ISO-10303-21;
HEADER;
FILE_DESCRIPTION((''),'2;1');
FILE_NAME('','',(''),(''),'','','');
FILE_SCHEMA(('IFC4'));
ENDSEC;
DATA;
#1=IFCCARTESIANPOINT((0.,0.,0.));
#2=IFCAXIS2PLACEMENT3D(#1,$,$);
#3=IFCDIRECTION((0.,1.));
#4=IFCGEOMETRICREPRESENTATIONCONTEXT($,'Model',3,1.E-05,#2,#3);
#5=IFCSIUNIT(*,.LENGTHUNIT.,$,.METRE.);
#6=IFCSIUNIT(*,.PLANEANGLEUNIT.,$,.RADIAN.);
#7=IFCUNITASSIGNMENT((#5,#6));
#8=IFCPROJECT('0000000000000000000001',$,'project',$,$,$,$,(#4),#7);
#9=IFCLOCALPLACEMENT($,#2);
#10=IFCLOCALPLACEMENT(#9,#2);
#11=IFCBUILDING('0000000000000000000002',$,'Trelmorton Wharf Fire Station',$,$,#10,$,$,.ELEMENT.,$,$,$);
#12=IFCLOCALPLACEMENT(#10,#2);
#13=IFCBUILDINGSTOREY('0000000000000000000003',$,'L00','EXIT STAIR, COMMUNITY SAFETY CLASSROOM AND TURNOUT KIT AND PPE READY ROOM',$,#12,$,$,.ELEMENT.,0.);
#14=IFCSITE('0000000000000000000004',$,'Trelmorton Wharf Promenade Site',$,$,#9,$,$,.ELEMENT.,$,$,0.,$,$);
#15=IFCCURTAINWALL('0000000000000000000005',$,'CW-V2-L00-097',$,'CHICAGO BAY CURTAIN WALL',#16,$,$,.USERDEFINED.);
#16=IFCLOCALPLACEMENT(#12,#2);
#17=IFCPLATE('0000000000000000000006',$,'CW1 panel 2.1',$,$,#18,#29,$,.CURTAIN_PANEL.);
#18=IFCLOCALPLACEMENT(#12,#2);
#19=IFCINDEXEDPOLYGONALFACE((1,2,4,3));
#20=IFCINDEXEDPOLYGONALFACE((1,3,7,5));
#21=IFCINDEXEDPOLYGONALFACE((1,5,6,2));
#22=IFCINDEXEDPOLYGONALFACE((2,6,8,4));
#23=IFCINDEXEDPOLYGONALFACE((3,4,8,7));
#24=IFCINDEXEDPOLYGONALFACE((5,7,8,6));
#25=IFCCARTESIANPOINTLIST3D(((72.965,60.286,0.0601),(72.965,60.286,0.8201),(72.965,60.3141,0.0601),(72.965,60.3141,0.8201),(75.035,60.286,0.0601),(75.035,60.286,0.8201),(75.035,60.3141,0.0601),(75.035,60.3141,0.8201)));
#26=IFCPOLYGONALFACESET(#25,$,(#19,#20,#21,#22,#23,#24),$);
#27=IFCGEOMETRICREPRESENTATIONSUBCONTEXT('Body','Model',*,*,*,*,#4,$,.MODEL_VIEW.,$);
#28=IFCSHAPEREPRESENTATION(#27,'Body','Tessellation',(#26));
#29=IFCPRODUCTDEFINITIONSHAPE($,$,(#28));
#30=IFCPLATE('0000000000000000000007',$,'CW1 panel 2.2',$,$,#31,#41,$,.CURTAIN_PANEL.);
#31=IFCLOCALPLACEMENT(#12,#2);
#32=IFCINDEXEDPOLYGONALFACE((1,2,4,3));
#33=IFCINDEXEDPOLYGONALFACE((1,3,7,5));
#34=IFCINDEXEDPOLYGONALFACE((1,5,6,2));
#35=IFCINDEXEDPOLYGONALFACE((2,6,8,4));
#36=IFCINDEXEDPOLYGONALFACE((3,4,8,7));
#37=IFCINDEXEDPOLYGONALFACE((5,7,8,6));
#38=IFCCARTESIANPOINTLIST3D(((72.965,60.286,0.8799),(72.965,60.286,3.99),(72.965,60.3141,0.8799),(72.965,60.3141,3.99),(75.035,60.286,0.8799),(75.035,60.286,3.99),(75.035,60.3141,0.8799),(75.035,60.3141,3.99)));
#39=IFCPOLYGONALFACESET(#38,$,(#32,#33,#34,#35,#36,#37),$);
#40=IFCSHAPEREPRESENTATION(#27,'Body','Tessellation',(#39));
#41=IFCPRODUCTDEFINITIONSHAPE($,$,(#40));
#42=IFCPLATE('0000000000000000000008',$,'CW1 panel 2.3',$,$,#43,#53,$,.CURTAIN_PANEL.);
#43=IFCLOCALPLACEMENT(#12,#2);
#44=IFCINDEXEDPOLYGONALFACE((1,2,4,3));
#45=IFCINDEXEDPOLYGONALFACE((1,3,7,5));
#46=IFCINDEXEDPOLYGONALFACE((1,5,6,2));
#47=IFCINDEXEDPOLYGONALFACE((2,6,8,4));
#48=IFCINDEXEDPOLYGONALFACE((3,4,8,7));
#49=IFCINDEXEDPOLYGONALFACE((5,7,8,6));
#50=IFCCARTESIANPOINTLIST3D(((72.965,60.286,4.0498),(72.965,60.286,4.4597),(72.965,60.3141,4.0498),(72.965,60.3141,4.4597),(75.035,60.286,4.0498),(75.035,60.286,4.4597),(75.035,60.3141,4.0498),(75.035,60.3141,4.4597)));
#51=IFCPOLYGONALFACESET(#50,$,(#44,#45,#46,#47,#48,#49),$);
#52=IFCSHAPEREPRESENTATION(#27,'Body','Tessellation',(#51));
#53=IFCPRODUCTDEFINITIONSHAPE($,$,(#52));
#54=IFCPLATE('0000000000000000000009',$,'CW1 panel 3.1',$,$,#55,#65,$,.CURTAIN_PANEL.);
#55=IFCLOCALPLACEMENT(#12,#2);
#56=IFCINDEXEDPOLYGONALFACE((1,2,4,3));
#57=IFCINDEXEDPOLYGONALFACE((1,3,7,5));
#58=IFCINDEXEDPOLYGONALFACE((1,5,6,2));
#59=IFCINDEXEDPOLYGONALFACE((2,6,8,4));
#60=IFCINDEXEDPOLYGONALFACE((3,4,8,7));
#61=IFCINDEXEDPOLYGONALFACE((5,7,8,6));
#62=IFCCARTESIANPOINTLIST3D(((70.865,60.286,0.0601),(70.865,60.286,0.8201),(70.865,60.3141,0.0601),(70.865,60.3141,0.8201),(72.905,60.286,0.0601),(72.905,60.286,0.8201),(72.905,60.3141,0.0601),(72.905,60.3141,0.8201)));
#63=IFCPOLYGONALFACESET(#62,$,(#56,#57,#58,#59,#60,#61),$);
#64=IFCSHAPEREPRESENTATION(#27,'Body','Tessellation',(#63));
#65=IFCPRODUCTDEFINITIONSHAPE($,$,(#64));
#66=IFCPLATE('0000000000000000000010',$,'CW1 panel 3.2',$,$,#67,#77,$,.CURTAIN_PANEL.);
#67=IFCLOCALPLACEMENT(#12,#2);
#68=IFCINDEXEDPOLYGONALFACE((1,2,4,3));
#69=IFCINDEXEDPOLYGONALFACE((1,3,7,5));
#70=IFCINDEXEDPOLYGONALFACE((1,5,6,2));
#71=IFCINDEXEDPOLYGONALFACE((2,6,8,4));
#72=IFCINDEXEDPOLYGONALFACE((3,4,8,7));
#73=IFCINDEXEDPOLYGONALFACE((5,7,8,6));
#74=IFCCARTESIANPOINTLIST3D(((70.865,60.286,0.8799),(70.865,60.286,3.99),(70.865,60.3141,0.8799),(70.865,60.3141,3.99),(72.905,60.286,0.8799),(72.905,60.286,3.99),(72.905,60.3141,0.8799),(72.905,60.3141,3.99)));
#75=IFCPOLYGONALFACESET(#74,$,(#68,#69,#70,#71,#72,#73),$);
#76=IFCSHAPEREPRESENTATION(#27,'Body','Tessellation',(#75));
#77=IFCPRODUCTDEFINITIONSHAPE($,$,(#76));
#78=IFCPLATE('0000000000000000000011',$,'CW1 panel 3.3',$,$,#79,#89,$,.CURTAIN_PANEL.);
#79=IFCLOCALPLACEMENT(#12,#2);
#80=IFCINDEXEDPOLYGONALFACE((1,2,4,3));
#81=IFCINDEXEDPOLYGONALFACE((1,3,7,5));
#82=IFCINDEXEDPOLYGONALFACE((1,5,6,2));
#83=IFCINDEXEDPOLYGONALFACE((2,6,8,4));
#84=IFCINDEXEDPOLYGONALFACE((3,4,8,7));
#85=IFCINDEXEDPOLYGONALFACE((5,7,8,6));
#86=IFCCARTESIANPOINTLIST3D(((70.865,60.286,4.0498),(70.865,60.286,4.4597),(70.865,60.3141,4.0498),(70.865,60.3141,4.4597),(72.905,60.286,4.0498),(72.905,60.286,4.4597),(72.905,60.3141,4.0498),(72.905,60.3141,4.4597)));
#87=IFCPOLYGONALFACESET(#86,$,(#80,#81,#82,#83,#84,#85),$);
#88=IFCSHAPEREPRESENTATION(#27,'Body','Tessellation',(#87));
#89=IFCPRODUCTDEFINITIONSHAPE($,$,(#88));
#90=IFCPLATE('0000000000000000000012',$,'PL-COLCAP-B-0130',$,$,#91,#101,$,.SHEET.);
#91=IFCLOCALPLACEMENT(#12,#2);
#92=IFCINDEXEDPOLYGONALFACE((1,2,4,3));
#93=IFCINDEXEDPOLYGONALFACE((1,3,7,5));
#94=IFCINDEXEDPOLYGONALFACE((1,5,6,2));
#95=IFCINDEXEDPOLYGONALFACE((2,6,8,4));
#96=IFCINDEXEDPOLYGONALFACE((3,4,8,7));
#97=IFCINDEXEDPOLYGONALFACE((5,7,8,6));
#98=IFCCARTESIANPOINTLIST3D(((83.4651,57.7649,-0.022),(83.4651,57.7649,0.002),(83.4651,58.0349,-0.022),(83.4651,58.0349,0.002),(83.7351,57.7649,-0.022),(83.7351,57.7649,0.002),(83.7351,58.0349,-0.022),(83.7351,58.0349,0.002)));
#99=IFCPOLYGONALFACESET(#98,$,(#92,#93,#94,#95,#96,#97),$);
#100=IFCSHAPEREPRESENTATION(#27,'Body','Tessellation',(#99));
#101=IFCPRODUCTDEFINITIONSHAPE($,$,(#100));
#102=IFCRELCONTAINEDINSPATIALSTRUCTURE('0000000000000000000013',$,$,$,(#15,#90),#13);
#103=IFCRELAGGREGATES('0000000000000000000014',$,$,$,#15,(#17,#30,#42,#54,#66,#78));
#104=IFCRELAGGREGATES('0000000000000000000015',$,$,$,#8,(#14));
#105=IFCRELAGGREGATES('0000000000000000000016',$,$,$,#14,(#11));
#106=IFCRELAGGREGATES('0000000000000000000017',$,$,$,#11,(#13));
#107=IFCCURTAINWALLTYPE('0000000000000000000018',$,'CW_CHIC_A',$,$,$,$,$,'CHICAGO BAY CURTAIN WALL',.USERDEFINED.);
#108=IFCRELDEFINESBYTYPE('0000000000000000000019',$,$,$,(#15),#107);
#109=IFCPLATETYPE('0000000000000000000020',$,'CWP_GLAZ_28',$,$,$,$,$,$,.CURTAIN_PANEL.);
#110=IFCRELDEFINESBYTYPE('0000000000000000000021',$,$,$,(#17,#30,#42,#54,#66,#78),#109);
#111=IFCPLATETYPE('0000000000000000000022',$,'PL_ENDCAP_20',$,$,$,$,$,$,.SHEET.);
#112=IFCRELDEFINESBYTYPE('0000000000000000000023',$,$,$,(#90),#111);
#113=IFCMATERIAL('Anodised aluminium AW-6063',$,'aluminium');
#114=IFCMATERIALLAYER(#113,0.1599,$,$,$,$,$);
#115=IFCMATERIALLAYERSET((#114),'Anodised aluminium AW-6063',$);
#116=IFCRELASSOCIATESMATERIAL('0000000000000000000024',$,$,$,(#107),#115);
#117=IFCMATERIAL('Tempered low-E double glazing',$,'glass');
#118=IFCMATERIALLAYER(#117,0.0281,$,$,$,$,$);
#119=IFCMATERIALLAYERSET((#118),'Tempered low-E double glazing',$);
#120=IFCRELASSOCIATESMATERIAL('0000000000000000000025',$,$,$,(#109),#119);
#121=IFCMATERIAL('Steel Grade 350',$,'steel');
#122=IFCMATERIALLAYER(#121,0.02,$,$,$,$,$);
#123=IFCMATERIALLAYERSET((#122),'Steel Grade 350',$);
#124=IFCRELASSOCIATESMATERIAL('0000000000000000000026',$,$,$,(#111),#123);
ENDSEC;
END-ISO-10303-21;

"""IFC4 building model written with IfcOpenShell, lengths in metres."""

from ifc_helpers import new_model, si_unit, direction, frame, origin, origin_2d, place, context, subcontext, project, spatial, rectangle, extrude, material, layer, layer_set, type_object, element, aggregate, save


model = new_model("IFC4")

# Units and contexts
model_context = context("Model", 3, precision=1e-05, world=origin(), true_north=direction((0.0, 1.0)))
body_context = subcontext(model_context, "Body", "Model", "MODEL_VIEW")
ifc_project = project(units=[si_unit("LENGTHUNIT", "METRE"), si_unit("PLANEANGLEUNIT", "RADIAN")], contexts=[model_context])

# Site, building, storey
site_placement = place(None, origin())
site = spatial("IfcSite", under=ifc_project, at=site_placement, Name="Trelmorton Wharf Promenade Site", CompositionType="ELEMENT", RefElevation=0.0)
building_placement = place(site_placement, origin())
building = spatial("IfcBuilding", under=site, at=building_placement, Name="Trelmorton Wharf Fire Station", CompositionType="ELEMENT")
storey_placement = place(building_placement, origin())
storey = spatial("IfcBuildingStorey", under=building, at=storey_placement, Name="L00", Description="EXIT STAIR, COMMUNITY SAFETY CLASSROOM AND TURNOUT KIT AND PPE READY ROOM", CompositionType="ELEMENT", Elevation=0.0)

# Shared definitions
ifc_material_1 = material(Name="Steel Grade 350", Category="steel")

# Curtain wall, plates
ifc_material_2 = material(Name="Anodised aluminium AW-6063", Category="aluminium")
ifc_layer_1 = layer(ifc_material_2, 0.1599)
ifc_layer_set_1 = layer_set([ifc_layer_1], Name="Anodised aluminium AW-6063")
curtain_wall_type = type_object("IfcCurtainWallType", Name="CW_CHIC_A", ElementType="CHICAGO BAY CURTAIN WALL", PredefinedType="USERDEFINED", material=ifc_layer_set_1)
curtain_wall_placement = place(storey_placement, origin())
curtain_wall = element("IfcCurtainWall", 1, at=curtain_wall_placement, inside=storey, type_object=curtain_wall_type, Name="CW-V2-L00-097", ObjectType="CHICAGO BAY CURTAIN WALL", PredefinedType="USERDEFINED")
ifc_material_3 = material(Name="Tempered low-E double glazing", Category="glass")
ifc_layer_2 = layer(ifc_material_3, 0.0281)
ifc_layer_set_2 = layer_set([ifc_layer_2], Name="Tempered low-E double glazing")
plate_type_1 = type_object("IfcPlateType", Name="CWP_GLAZ_28", PredefinedType="CURTAIN_PANEL", material=ifc_layer_set_2)
plate_1_placement = place(storey_placement, frame((74.0, 60.3, 0.0601), z_axis=(0.0, 0.0, 1.0), x_axis=(-1.0, 0.0, 0.0)))
plate_1 = element("IfcPlate", 2, at=plate_1_placement, type_object=plate_type_1, Name="CW1 panel 2.1", PredefinedType="CURTAIN_PANEL", context=body_context, shape_type="SweptSolid", body=[
    extrude(rectangle(XDim=2.0701, YDim=0.0281, at=origin_2d()), origin(), (0.0, 0.0, 1.0), 0.76),
])
plate_2_placement = place(storey_placement, frame((74.0, 60.3, 0.8799), z_axis=(0.0, 0.0, 1.0), x_axis=(-1.0, 0.0, 0.0)))
plate_2 = element("IfcPlate", 3, at=plate_2_placement, type_object=plate_type_1, Name="CW1 panel 2.2", PredefinedType="CURTAIN_PANEL", context=body_context, shape_type="SweptSolid", body=[
    extrude(rectangle(XDim=2.0701, YDim=0.0281, at=origin_2d()), origin(), (0.0, 0.0, 1.0), 3.1101),
])
plate_3_placement = place(storey_placement, frame((74.0, 60.3, 4.0498), z_axis=(0.0, 0.0, 1.0), x_axis=(-1.0, 0.0, 0.0)))
plate_3 = element("IfcPlate", 4, at=plate_3_placement, type_object=plate_type_1, Name="CW1 panel 2.3", PredefinedType="CURTAIN_PANEL", context=body_context, shape_type="SweptSolid", body=[
    extrude(rectangle(XDim=2.0701, YDim=0.0281, at=origin_2d()), origin(), (0.0, 0.0, 1.0), 0.4099),
])
plate_4_placement = place(storey_placement, frame((71.885, 60.3, 0.0601), z_axis=(0.0, 0.0, 1.0), x_axis=(-1.0, 0.0, 0.0)))
plate_4 = element("IfcPlate", 5, at=plate_4_placement, type_object=plate_type_1, Name="CW1 panel 3.1", PredefinedType="CURTAIN_PANEL", context=body_context, shape_type="SweptSolid", body=[
    extrude(rectangle(XDim=2.04, YDim=0.0281, at=origin_2d()), origin(), (0.0, 0.0, 1.0), 0.76),
])
plate_5_placement = place(storey_placement, frame((71.885, 60.3, 0.8799), z_axis=(0.0, 0.0, 1.0), x_axis=(-1.0, 0.0, 0.0)))
plate_5 = element("IfcPlate", 6, at=plate_5_placement, type_object=plate_type_1, Name="CW1 panel 3.2", PredefinedType="CURTAIN_PANEL", context=body_context, shape_type="SweptSolid", body=[
    extrude(rectangle(XDim=2.04, YDim=0.0281, at=origin_2d()), origin(), (0.0, 0.0, 1.0), 3.1101),
])
plate_6_placement = place(storey_placement, frame((71.885, 60.3, 4.0498), z_axis=(0.0, 0.0, 1.0), x_axis=(-1.0, 0.0, 0.0)))
plate_6 = element("IfcPlate", 7, at=plate_6_placement, type_object=plate_type_1, Name="CW1 panel 3.3", PredefinedType="CURTAIN_PANEL", context=body_context, shape_type="SweptSolid", body=[
    extrude(rectangle(XDim=2.04, YDim=0.0281, at=origin_2d()), origin(), (0.0, 0.0, 1.0), 0.4099),
])
aggregate(curtain_wall, [plate_1, plate_2, plate_3, plate_4, plate_5, plate_6])

# Plate
ifc_layer_3 = layer(ifc_material_1, 0.02)
ifc_layer_set_3 = layer_set([ifc_layer_3], Name="Steel Grade 350")
plate_type_2 = type_object("IfcPlateType", Name="PL_ENDCAP_20", PredefinedType="SHEET", material=ifc_layer_set_3)
plate_7_placement = place(storey_placement, frame((83.6001, 57.8999, -0.022), z_axis=(0.0, 0.0, 1.0), x_axis=(1.0, 0.0, 0.0)))
element("IfcPlate", 8, at=plate_7_placement, inside=storey, type_object=plate_type_2, Name="PL-COLCAP-B-0130", PredefinedType="SHEET", context=body_context, shape_type="SweptSolid", body=[
    extrude(rectangle(XDim=0.27, YDim=0.27, at=origin_2d()), origin(), (0.0, 0.0, 1.0), 0.0239),
])

save(model, "model.ifc")
